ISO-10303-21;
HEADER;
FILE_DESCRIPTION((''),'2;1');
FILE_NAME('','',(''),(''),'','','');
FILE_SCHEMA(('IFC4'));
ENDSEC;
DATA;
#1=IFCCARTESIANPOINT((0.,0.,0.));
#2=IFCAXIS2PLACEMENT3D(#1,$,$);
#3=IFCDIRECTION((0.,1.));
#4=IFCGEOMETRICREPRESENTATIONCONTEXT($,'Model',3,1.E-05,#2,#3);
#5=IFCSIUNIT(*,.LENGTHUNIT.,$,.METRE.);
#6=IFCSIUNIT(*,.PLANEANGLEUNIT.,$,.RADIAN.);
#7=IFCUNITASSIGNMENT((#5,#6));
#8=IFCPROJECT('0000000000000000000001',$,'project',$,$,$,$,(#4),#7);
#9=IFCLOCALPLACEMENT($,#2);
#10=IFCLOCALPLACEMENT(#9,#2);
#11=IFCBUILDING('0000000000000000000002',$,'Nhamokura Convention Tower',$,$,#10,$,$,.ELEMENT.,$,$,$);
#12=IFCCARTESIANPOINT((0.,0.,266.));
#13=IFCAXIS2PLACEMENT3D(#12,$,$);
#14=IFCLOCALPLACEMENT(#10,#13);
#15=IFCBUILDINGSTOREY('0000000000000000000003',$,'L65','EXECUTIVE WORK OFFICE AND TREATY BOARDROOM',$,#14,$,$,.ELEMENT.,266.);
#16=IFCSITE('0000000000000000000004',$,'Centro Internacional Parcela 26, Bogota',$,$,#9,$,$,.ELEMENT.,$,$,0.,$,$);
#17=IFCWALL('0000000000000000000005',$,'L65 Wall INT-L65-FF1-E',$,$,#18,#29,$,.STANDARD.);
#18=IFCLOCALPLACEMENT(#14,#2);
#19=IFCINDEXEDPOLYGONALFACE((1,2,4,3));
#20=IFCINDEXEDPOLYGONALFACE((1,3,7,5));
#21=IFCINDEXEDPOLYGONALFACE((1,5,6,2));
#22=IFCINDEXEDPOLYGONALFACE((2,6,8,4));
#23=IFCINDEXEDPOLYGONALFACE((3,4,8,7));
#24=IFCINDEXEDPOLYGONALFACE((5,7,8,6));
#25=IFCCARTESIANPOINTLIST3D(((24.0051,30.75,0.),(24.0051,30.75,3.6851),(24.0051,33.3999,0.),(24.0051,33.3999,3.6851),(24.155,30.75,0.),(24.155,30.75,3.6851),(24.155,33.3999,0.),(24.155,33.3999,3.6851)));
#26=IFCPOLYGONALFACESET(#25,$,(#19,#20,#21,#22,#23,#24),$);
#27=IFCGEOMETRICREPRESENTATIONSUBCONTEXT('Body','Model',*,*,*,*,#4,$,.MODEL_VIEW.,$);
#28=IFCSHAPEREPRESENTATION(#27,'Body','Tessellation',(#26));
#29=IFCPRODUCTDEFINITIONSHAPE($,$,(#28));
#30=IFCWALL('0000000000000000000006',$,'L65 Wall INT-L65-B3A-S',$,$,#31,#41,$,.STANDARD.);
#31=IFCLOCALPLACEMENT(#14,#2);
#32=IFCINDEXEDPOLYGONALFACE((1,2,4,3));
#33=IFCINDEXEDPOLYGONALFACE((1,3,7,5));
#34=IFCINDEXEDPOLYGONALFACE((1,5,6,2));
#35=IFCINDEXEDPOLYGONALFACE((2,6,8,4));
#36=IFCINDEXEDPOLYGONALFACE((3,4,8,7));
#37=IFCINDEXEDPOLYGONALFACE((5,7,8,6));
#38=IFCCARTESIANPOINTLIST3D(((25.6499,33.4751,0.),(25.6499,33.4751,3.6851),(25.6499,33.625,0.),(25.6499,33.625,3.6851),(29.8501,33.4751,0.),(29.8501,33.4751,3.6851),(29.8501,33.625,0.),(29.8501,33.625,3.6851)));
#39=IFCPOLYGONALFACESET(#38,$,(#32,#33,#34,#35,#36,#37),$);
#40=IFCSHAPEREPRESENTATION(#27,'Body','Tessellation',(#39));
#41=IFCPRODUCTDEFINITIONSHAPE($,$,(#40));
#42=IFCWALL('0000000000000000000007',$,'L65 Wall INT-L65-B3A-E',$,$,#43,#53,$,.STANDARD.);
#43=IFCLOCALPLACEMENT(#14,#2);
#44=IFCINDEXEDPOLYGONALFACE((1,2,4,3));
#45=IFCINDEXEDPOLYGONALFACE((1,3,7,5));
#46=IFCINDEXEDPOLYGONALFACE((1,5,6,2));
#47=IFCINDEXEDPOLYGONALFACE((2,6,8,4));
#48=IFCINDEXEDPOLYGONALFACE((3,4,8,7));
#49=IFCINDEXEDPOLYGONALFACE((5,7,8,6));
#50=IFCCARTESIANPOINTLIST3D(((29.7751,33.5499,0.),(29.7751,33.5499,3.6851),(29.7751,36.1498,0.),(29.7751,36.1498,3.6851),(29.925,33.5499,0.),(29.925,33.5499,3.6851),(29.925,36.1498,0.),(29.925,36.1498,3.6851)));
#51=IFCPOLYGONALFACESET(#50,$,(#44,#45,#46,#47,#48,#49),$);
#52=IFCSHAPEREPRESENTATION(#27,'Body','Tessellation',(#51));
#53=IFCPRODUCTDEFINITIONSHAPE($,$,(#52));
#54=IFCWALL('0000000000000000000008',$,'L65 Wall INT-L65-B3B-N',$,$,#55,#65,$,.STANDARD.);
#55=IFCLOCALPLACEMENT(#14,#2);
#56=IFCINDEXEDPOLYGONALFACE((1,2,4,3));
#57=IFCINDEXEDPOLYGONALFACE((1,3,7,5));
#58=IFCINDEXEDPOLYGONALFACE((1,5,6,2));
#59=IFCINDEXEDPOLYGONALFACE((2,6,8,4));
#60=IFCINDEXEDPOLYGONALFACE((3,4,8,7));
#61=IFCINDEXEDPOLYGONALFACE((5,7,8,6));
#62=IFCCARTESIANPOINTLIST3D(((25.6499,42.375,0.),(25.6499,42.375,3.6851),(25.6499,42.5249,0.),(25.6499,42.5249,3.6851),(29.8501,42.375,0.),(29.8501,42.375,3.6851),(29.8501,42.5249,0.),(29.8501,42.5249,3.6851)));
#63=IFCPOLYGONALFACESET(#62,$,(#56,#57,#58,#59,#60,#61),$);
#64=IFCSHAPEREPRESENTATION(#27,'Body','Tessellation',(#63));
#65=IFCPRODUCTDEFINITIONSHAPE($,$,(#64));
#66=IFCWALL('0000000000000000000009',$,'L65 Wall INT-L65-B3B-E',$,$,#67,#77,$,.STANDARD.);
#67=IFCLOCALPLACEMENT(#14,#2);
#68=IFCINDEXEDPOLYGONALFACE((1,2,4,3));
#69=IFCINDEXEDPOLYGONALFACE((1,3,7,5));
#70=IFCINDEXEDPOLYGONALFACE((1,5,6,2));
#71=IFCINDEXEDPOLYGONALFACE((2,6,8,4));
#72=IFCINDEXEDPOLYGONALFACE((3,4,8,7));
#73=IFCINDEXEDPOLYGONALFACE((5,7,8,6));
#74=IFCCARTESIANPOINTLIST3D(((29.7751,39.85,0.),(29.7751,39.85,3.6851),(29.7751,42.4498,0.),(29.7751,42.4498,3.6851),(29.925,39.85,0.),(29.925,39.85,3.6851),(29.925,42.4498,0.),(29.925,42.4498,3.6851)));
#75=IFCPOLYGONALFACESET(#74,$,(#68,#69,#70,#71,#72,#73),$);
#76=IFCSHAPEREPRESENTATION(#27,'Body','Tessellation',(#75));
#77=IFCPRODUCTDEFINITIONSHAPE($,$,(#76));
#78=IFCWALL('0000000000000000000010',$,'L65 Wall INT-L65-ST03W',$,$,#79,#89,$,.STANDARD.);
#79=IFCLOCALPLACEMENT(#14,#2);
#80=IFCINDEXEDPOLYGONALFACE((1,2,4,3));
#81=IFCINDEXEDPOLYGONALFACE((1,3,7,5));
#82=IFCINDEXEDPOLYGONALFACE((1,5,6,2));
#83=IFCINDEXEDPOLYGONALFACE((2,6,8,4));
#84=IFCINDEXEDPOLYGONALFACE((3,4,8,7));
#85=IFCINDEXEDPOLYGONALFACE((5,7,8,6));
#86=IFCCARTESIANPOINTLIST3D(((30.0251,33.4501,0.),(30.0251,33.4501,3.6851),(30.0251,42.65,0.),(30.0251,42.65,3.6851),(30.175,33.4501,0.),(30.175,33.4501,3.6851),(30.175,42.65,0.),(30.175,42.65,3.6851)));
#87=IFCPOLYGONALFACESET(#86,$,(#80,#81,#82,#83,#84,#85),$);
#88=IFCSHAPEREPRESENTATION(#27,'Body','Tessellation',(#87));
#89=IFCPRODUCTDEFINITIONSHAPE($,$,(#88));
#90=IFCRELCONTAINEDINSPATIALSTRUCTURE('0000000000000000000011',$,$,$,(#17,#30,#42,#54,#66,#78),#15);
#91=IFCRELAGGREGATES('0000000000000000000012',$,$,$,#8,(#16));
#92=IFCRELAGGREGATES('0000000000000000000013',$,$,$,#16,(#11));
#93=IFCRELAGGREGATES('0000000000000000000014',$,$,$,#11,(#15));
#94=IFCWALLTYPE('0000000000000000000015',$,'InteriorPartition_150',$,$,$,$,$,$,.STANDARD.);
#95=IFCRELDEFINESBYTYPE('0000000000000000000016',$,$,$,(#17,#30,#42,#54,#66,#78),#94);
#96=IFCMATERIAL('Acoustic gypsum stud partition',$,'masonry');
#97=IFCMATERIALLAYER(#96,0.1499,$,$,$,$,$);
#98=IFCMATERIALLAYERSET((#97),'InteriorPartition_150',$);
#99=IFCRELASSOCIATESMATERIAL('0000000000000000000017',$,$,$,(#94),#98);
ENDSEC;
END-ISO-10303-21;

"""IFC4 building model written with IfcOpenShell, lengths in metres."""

from ifc_helpers import new_model, si_unit, direction, frame, frame_2d, origin, place, context, subcontext, project, spatial, rectangle, extrude, material, layer, layer_set, type_object, element, save


model = new_model("IFC4")

# Units and contexts
model_context = context("Model", 3, precision=1e-05, world=origin(), true_north=direction((0.0, 1.0)))
body_context = subcontext(model_context, "Body", "Model", "MODEL_VIEW")
ifc_project = project(units=[si_unit("LENGTHUNIT", "METRE"), si_unit("PLANEANGLEUNIT", "RADIAN")], contexts=[model_context])

# Site, building, storey
site_placement = place(None, origin())
site = spatial("IfcSite", under=ifc_project, at=site_placement, Name="Centro Internacional Parcela 26, Bogota", CompositionType="ELEMENT", RefElevation=0.0)
building_placement = place(site_placement, origin())
building = spatial("IfcBuilding", under=site, at=building_placement, Name="Nhamokura Convention Tower", CompositionType="ELEMENT")
storey_placement = place(building_placement, frame((0.0, 0.0, 266.0)))
storey = spatial("IfcBuildingStorey", under=building, at=storey_placement, Name="L65", Description="EXECUTIVE WORK OFFICE AND TREATY BOARDROOM", CompositionType="ELEMENT", Elevation=266.0)

# Walls
ifc_material_1 = material(Name="Acoustic gypsum stud partition", Category="masonry")
ifc_layer_1 = layer(ifc_material_1, 0.1499)
ifc_layer_set_1 = layer_set([ifc_layer_1], Name="InteriorPartition_150")
wall_type_1 = type_object("IfcWallType", Name="InteriorPartition_150", PredefinedType="STANDARD", material=ifc_layer_set_1)
wall_1_placement = place(storey_placement, frame((24.0801, 30.75, 0.0), z_axis=(0.0, 0.0, 1.0), x_axis=(0.0, 1.0, 0.0)))
element("IfcWall", 1, at=wall_1_placement, inside=storey, type_object=wall_type_1, Name="L65 Wall INT-L65-FF1-E", PredefinedType="STANDARD", context=body_context, shape_type="SweptSolid", body=[
    extrude(rectangle(XDim=2.6499, YDim=0.1499, at=frame_2d((1.325, 0.0))), origin(), (0.0, 0.0, 1.0), 3.6851),
])
wall_2_placement = place(storey_placement, frame((25.6499, 33.55, 0.0), z_axis=(0.0, 0.0, 1.0), x_axis=(1.0, 0.0, 0.0)))
element("IfcWall", 2, at=wall_2_placement, inside=storey, type_object=wall_type_1, Name="L65 Wall INT-L65-B3A-S", PredefinedType="STANDARD", context=body_context, shape_type="SweptSolid", body=[
    extrude(rectangle(XDim=4.2002, YDim=0.1499, at=frame_2d((2.1001, 0.0))), origin(), (0.0, 0.0, 1.0), 3.6851),
])
wall_3_placement = place(storey_placement, frame((29.8501, 33.55, 0.0), z_axis=(0.0, 0.0, 1.0), x_axis=(0.0, 1.0, 0.0)))
element("IfcWall", 3, at=wall_3_placement, inside=storey, type_object=wall_type_1, Name="L65 Wall INT-L65-B3A-E", PredefinedType="STANDARD", context=body_context, shape_type="SweptSolid", body=[
    extrude(rectangle(XDim=2.5999, YDim=0.1499, at=frame_2d((1.2998, 0.0))), origin(), (0.0, 0.0, 1.0), 3.6851),
])
wall_4_placement = place(storey_placement, frame((25.6499, 42.45, 0.0), z_axis=(0.0, 0.0, 1.0), x_axis=(1.0, 0.0, 0.0)))
element("IfcWall", 4, at=wall_4_placement, inside=storey, type_object=wall_type_1, Name="L65 Wall INT-L65-B3B-N", PredefinedType="STANDARD", context=body_context, shape_type="SweptSolid", body=[
    extrude(rectangle(XDim=4.2002, YDim=0.1499, at=frame_2d((2.1001, 0.0))), origin(), (0.0, 0.0, 1.0), 3.6851),
])
wall_5_placement = place(storey_placement, frame((29.8501, 39.8501, 0.0), z_axis=(0.0, 0.0, 1.0), x_axis=(0.0, 1.0, 0.0)))
element("IfcWall", 5, at=wall_5_placement, inside=storey, type_object=wall_type_1, Name="L65 Wall INT-L65-B3B-E", PredefinedType="STANDARD", context=body_context, shape_type="SweptSolid", body=[
    extrude(rectangle(XDim=2.5999, YDim=0.1499, at=frame_2d((1.2998, 0.0))), origin(), (0.0, 0.0, 1.0), 3.6851),
])
wall_6_placement = place(storey_placement, frame((30.1001, 33.45, 0.0), z_axis=(0.0, 0.0, 1.0), x_axis=(0.0, 1.0, 0.0)))
element("IfcWall", 6, at=wall_6_placement, inside=storey, type_object=wall_type_1, Name="L65 Wall INT-L65-ST03W", PredefinedType="STANDARD", context=body_context, shape_type="SweptSolid", body=[
    extrude(rectangle(XDim=9.2, YDim=0.1499, at=frame_2d((4.6001, 0.0))), origin(), (0.0, 0.0, 1.0), 3.6851),
])

save(model, "model.ifc")
